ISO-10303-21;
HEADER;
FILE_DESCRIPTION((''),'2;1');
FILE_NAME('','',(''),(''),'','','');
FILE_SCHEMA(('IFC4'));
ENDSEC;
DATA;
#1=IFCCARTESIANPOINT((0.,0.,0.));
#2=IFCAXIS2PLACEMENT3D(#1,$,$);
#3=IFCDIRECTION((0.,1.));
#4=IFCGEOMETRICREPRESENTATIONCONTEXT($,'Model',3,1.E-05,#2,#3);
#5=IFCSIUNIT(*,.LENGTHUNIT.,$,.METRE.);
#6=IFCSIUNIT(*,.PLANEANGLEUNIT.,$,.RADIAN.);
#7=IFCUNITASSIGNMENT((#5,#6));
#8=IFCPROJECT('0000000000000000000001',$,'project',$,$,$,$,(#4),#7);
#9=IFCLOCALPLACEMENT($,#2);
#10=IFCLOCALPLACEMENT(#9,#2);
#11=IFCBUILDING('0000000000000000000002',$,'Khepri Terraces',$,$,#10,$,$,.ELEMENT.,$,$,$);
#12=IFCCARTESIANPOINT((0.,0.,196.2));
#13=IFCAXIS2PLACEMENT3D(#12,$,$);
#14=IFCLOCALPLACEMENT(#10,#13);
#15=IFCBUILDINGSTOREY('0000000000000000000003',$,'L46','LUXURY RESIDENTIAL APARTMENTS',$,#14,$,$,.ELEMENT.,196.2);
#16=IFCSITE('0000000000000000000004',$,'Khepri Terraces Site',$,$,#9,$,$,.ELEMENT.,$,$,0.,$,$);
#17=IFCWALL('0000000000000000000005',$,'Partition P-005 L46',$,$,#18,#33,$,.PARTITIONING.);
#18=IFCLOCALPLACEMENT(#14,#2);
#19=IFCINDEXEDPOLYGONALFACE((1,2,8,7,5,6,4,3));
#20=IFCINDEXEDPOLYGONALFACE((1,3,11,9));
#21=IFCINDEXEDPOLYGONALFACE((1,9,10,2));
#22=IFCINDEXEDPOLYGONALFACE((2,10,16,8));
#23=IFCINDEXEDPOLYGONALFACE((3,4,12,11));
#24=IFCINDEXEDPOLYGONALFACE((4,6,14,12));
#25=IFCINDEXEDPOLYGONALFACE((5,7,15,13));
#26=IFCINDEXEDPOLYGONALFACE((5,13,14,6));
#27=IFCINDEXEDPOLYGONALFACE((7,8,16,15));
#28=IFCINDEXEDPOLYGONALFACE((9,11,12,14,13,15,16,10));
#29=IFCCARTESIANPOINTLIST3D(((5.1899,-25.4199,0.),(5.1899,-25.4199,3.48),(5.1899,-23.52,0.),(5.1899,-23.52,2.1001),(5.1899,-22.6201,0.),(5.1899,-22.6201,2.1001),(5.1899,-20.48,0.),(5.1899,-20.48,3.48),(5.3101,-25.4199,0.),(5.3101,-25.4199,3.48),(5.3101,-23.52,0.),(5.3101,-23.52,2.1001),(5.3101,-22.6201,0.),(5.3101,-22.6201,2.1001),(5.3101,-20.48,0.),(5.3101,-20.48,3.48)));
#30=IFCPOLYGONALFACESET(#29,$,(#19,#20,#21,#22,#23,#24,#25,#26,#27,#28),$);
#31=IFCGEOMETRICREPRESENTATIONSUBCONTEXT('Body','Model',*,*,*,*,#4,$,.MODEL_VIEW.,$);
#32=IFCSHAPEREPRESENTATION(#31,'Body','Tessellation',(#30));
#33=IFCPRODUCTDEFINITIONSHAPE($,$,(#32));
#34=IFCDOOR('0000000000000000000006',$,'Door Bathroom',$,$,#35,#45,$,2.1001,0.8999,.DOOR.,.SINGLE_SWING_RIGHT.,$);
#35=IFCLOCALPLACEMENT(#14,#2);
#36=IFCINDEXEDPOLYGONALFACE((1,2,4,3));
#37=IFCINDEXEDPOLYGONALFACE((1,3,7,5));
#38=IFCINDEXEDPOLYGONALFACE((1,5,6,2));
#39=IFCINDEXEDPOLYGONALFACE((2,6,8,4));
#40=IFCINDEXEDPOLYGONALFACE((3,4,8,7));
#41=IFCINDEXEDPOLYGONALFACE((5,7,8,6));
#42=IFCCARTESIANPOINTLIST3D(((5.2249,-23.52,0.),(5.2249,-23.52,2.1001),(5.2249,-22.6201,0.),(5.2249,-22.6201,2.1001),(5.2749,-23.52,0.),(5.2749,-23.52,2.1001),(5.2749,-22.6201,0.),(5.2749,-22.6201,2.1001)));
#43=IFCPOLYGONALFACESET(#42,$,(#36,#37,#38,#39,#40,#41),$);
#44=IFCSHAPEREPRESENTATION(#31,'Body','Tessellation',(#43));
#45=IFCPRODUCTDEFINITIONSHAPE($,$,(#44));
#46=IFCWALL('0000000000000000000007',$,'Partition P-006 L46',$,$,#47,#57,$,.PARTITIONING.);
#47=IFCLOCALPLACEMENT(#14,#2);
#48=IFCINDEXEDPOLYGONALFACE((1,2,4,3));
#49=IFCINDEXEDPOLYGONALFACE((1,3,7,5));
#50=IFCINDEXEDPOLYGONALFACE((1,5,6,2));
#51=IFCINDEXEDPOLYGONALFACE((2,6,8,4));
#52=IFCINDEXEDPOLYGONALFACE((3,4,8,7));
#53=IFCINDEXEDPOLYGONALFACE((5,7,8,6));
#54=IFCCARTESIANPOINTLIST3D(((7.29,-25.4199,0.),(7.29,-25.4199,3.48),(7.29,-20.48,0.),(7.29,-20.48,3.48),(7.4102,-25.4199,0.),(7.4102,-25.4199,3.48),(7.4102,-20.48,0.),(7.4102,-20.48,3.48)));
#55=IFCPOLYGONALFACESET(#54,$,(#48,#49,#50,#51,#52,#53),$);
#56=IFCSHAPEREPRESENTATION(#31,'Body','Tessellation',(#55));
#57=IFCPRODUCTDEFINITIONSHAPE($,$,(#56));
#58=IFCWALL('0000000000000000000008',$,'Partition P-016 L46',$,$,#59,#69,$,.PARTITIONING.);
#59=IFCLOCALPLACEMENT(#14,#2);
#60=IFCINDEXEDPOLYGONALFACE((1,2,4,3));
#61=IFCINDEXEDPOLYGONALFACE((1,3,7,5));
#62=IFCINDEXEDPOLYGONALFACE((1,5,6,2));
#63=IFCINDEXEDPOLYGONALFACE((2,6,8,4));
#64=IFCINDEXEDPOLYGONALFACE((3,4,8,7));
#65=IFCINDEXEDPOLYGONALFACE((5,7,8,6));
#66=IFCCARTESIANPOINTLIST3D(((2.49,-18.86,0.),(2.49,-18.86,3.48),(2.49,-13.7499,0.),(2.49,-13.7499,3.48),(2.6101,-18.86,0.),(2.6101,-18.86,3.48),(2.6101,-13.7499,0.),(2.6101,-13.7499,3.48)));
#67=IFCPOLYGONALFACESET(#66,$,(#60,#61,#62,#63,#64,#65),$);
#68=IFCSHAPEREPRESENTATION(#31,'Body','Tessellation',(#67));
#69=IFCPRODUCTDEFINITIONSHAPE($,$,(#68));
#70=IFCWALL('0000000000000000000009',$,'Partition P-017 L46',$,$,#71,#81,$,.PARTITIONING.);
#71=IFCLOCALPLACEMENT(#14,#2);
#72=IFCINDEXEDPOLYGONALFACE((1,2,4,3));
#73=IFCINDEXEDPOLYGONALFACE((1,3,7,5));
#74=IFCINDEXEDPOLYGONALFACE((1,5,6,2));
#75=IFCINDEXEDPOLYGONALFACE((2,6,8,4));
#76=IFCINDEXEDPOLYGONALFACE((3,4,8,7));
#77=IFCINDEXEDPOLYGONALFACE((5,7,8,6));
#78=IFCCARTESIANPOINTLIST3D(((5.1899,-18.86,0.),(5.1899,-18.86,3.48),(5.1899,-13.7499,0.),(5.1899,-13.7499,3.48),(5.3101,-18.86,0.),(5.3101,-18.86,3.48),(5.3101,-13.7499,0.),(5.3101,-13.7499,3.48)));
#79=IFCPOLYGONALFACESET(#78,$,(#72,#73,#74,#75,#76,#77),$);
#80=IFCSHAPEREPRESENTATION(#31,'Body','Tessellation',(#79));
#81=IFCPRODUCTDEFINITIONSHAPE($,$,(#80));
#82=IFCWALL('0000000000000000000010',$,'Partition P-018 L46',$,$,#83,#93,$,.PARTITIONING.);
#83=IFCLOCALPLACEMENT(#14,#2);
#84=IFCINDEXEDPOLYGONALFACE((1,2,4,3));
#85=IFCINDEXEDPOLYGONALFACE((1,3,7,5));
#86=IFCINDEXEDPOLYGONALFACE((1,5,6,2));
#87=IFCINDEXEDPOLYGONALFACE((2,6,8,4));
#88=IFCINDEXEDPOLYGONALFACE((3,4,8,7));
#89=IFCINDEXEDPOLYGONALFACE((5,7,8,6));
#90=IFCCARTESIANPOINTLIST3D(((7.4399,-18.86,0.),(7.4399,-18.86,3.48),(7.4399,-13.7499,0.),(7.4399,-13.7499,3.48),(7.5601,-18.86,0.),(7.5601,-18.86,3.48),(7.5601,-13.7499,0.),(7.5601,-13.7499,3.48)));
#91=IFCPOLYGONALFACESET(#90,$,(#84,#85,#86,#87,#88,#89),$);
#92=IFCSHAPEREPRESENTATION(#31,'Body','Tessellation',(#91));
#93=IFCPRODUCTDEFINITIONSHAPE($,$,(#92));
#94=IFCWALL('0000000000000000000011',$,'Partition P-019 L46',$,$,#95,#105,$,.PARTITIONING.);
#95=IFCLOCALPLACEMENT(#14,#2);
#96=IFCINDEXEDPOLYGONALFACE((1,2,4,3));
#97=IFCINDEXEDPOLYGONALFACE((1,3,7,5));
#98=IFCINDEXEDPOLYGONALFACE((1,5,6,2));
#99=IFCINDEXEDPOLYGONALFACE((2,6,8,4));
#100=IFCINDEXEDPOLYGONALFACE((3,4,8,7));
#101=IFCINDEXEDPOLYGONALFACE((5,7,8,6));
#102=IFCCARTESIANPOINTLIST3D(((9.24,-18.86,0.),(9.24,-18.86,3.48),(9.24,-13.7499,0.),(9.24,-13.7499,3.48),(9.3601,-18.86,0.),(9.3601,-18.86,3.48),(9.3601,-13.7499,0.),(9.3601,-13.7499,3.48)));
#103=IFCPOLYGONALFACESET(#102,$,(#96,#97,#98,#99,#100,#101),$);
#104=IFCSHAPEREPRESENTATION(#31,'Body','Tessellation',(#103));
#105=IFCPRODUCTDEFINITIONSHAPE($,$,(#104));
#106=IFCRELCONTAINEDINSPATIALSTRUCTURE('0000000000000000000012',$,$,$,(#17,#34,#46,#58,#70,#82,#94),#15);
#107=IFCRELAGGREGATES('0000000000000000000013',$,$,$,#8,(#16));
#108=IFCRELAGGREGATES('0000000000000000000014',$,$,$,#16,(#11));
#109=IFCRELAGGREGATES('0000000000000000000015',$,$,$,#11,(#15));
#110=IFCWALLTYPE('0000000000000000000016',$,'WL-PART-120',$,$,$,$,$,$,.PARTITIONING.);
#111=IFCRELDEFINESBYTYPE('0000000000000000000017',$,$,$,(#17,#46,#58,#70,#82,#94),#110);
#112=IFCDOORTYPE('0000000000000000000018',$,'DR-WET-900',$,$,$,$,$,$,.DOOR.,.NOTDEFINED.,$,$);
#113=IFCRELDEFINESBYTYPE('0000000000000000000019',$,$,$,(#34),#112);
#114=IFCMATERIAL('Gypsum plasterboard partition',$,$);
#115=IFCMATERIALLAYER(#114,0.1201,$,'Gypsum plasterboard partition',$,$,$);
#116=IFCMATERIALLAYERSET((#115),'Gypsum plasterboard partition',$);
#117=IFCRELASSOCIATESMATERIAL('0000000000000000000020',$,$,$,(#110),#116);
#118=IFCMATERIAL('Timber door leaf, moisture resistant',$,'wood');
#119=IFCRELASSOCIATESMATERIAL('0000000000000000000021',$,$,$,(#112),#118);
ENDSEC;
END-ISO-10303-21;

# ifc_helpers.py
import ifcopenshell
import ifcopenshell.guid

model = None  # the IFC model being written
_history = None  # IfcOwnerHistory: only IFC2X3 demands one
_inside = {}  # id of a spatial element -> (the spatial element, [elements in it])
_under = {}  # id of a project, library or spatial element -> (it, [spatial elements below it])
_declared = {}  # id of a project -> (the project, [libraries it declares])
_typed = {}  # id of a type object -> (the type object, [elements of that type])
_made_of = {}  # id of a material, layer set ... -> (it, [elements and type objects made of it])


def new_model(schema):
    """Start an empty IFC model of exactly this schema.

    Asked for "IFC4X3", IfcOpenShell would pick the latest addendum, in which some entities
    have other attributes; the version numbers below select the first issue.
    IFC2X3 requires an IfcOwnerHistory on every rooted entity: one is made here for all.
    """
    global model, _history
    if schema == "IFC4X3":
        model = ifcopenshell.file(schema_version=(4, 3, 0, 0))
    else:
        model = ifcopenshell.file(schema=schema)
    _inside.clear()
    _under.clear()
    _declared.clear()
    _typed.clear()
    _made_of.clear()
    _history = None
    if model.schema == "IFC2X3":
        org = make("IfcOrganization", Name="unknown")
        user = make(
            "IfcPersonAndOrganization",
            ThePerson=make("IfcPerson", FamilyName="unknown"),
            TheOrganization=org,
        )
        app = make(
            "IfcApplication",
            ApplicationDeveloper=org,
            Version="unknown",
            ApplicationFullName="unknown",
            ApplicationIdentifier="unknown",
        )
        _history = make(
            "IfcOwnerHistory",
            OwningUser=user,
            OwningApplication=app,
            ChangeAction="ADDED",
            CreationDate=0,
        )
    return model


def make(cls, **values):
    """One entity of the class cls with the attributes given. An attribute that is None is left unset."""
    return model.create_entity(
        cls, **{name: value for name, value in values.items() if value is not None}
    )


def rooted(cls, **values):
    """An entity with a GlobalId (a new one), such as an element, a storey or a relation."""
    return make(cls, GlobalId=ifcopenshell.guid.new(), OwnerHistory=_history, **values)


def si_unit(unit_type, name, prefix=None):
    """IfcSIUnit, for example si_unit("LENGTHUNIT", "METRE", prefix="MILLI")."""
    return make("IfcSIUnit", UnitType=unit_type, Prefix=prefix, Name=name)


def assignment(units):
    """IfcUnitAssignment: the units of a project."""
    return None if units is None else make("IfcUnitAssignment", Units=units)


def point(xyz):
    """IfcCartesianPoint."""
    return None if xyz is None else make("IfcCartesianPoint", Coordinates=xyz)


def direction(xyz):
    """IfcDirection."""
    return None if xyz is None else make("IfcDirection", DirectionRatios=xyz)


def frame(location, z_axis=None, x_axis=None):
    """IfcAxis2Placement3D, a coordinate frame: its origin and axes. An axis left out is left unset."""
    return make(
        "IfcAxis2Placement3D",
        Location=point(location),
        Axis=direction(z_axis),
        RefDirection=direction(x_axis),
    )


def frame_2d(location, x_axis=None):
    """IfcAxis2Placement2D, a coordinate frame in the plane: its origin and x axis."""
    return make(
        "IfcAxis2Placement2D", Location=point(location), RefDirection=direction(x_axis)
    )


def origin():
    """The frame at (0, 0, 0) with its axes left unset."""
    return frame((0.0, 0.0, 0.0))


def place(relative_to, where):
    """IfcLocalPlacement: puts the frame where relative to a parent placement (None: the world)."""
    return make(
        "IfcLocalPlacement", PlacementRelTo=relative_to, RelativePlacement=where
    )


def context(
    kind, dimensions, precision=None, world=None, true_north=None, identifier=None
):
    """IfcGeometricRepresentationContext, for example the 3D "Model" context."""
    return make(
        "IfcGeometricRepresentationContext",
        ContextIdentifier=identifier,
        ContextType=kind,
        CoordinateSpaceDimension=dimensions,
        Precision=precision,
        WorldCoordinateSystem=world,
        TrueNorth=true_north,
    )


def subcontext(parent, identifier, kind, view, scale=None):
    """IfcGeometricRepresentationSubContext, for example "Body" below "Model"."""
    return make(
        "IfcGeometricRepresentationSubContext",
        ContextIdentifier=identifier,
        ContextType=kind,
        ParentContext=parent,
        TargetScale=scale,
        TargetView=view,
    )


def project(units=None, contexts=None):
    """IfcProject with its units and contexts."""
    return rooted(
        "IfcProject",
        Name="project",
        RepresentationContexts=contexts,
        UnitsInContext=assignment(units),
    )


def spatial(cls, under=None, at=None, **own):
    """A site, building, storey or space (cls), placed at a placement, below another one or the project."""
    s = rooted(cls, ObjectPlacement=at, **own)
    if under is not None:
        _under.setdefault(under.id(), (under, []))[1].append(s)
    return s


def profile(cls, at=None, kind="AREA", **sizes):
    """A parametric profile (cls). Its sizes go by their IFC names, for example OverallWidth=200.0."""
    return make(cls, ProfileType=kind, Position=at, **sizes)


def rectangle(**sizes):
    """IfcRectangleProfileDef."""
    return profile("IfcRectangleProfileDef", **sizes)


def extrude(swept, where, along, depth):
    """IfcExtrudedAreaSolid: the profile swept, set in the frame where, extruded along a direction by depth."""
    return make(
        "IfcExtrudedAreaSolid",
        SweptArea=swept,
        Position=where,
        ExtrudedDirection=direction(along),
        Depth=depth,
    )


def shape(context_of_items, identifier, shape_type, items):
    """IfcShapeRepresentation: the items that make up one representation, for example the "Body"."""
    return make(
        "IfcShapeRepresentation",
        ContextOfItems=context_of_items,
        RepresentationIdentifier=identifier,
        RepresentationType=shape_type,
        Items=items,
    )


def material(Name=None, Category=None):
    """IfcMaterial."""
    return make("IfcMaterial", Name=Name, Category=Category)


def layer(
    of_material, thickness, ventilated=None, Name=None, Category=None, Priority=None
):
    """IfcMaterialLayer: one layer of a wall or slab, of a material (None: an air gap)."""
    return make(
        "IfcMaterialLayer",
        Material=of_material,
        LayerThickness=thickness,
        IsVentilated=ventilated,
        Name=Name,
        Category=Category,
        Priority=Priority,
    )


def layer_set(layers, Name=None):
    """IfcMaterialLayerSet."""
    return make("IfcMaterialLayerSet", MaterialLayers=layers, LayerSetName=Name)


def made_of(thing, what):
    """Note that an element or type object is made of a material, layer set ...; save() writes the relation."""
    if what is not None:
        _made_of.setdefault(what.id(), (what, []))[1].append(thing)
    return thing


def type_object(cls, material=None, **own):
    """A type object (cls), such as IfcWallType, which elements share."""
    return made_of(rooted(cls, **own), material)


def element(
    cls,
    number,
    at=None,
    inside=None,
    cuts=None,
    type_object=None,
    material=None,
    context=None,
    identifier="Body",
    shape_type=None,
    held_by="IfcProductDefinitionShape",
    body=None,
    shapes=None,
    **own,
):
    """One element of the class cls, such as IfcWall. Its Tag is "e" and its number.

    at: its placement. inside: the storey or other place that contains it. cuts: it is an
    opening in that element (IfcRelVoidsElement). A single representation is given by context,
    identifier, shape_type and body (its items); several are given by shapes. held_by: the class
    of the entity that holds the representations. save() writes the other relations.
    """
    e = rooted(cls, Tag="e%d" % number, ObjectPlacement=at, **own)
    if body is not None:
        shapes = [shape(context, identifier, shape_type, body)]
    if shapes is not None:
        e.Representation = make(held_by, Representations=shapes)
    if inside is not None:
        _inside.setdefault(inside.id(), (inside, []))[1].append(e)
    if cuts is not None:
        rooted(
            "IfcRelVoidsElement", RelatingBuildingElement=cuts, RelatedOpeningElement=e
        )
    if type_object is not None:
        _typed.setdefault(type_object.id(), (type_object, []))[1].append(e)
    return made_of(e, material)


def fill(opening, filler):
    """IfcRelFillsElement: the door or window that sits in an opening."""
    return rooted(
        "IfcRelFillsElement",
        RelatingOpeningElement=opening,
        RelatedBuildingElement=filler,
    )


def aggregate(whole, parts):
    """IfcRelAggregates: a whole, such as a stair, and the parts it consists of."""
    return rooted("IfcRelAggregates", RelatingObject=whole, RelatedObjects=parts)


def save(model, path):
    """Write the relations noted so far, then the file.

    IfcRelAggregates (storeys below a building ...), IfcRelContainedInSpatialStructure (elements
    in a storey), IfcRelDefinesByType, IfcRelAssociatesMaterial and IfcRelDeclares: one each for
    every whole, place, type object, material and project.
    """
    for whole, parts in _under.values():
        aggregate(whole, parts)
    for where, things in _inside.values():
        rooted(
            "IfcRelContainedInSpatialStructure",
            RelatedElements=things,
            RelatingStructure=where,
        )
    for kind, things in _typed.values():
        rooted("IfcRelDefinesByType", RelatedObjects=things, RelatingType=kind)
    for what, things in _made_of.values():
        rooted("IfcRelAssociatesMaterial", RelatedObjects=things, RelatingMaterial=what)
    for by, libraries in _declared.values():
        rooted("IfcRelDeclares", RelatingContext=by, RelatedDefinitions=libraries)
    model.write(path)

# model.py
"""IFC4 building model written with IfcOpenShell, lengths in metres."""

from ifc_helpers import new_model, si_unit, direction, frame, frame_2d, origin, place, context, subcontext, project, spatial, rectangle, extrude, material, layer, layer_set, type_object, element, fill, save


model = new_model("IFC4")

# Units and contexts
model_context = context("Model", 3, precision=1e-05, world=origin(), true_north=direction((0.0, 1.0)))
body_context = subcontext(model_context, "Body", "Model", "MODEL_VIEW")
ifc_project = project(units=[si_unit("LENGTHUNIT", "METRE"), si_unit("PLANEANGLEUNIT", "RADIAN")], contexts=[model_context])

# Site, building, storey
site_placement = place(None, origin())
site = spatial("IfcSite", under=ifc_project, at=site_placement, Name="Khepri Terraces Site", CompositionType="ELEMENT", RefElevation=0.0)
building_placement = place(site_placement, origin())
building = spatial("IfcBuilding", under=site, at=building_placement, Name="Khepri Terraces", CompositionType="ELEMENT")
storey_placement = place(building_placement, frame((0.0, 0.0, 196.2)))
storey = spatial("IfcBuildingStorey", under=building, at=storey_placement, Name="L46", Description="LUXURY RESIDENTIAL APARTMENTS", CompositionType="ELEMENT", Elevation=196.2)

# Shared definitions
ifc_material_1 = material(Name="Gypsum plasterboard partition")
ifc_layer_1 = layer(ifc_material_1, 0.1201, Name="Gypsum plasterboard partition")
ifc_layer_set_1 = layer_set([ifc_layer_1], Name="Gypsum plasterboard partition")
wall_type_1 = type_object("IfcWallType", Name="WL-PART-120", PredefinedType="PARTITIONING", material=ifc_layer_set_1)

# Wall, opening, door
wall_1_placement = place(storey_placement, frame((5.25, -25.4199, 0.0), z_axis=(0.0, 0.0, 1.0), x_axis=(0.0, 1.0, 0.0)))
wall_1 = element("IfcWall", 1, at=wall_1_placement, inside=storey, type_object=wall_type_1, Name="Partition P-005 L46", PredefinedType="PARTITIONING", context=body_context, shape_type="SweptSolid", body=[
    extrude(rectangle(XDim=4.9399, YDim=0.1201, at=frame_2d((2.47, 0.0))), origin(), (0.0, 0.0, 1.0), 3.48),
])
opening_1_placement = place(wall_1_placement, frame((1.8999, 0.0, 0.0)))
opening_1 = element("IfcOpeningElement", 2, at=opening_1_placement, cuts=wall_1, PredefinedType="OPENING", context=body_context, shape_type="SweptSolid", body=[
    extrude(rectangle(XDim=0.8999, YDim=2.1001, at=frame_2d((0.45, 1.05))), frame((0.0, 0.0701, 0.0), z_axis=(0.0, -1.0, 0.0), x_axis=(1.0, 0.0, 0.0)), (0.0, 0.0, 1.0), 0.1401),
])
ifc_material_2 = material(Name="Timber door leaf, moisture resistant", Category="wood")
door_type_1 = type_object("IfcDoorType", Name="DR-WET-900", OperationType="NOTDEFINED", PredefinedType="DOOR", material=ifc_material_2)
door_1_placement = place(opening_1_placement, frame((0.8999, 0.0, 0.0), z_axis=(0.0, 0.0, 1.0), x_axis=(-1.0, 0.0, 0.0)))
door_1 = element("IfcDoor", 3, at=door_1_placement, inside=storey, type_object=door_type_1, Name="Door Bathroom", OperationType="SINGLE_SWING_RIGHT", OverallHeight=2.1001, OverallWidth=0.8999, PredefinedType="DOOR", context=body_context, shape_type="SweptSolid", body=[
    extrude(rectangle(XDim=0.8999, YDim=2.1001, at=frame_2d((0.45, 1.05))), frame((0.0, 0.0249, 0.0), z_axis=(0.0, -1.0, 0.0), x_axis=(1.0, 0.0, 0.0)), (0.0, 0.0, 1.0), 0.05),
])
fill(opening_1, door_1)

# Walls
wall_2_placement = place(storey_placement, frame((7.3501, -25.4199, 0.0), z_axis=(0.0, 0.0, 1.0), x_axis=(0.0, 1.0, 0.0)))
element("IfcWall", 4, at=wall_2_placement, inside=storey, type_object=wall_type_1, Name="Partition P-006 L46", PredefinedType="PARTITIONING", context=body_context, shape_type="SweptSolid", body=[
    extrude(rectangle(XDim=4.9399, YDim=0.1201, at=frame_2d((2.47, 0.0))), origin(), (0.0, 0.0, 1.0), 3.48),
])
for number, where, z_axis, x_axis, name in (
    (5, (2.55, -18.8601, 0.0), (0.0, 0.0, 1.0), (0.0, 1.0, 0.0), "Partition P-016 L46"),
    (6, (5.25, -18.8601, 0.0), (0.0, 0.0, 1.0), (0.0, 1.0, 0.0), "Partition P-017 L46"),
    (7, (7.5, -18.8601, 0.0), (0.0, 0.0, 1.0), (0.0, 1.0, 0.0), "Partition P-018 L46"),
    (8, (9.3, -18.8601, 0.0), (0.0, 0.0, 1.0), (0.0, 1.0, 0.0), "Partition P-019 L46"),
):
    element("IfcWall", number, at=place(storey_placement, frame(where, z_axis=z_axis, x_axis=x_axis)), inside=storey, type_object=wall_type_1, Name=name, PredefinedType="PARTITIONING", context=body_context, shape_type="SweptSolid", body=[
        extrude(rectangle(XDim=5.1101, YDim=0.1201, at=frame_2d((2.5552, 0.0))), origin(), (0.0, 0.0, 1.0), 3.48),
    ])

save(model, "model.ifc")
